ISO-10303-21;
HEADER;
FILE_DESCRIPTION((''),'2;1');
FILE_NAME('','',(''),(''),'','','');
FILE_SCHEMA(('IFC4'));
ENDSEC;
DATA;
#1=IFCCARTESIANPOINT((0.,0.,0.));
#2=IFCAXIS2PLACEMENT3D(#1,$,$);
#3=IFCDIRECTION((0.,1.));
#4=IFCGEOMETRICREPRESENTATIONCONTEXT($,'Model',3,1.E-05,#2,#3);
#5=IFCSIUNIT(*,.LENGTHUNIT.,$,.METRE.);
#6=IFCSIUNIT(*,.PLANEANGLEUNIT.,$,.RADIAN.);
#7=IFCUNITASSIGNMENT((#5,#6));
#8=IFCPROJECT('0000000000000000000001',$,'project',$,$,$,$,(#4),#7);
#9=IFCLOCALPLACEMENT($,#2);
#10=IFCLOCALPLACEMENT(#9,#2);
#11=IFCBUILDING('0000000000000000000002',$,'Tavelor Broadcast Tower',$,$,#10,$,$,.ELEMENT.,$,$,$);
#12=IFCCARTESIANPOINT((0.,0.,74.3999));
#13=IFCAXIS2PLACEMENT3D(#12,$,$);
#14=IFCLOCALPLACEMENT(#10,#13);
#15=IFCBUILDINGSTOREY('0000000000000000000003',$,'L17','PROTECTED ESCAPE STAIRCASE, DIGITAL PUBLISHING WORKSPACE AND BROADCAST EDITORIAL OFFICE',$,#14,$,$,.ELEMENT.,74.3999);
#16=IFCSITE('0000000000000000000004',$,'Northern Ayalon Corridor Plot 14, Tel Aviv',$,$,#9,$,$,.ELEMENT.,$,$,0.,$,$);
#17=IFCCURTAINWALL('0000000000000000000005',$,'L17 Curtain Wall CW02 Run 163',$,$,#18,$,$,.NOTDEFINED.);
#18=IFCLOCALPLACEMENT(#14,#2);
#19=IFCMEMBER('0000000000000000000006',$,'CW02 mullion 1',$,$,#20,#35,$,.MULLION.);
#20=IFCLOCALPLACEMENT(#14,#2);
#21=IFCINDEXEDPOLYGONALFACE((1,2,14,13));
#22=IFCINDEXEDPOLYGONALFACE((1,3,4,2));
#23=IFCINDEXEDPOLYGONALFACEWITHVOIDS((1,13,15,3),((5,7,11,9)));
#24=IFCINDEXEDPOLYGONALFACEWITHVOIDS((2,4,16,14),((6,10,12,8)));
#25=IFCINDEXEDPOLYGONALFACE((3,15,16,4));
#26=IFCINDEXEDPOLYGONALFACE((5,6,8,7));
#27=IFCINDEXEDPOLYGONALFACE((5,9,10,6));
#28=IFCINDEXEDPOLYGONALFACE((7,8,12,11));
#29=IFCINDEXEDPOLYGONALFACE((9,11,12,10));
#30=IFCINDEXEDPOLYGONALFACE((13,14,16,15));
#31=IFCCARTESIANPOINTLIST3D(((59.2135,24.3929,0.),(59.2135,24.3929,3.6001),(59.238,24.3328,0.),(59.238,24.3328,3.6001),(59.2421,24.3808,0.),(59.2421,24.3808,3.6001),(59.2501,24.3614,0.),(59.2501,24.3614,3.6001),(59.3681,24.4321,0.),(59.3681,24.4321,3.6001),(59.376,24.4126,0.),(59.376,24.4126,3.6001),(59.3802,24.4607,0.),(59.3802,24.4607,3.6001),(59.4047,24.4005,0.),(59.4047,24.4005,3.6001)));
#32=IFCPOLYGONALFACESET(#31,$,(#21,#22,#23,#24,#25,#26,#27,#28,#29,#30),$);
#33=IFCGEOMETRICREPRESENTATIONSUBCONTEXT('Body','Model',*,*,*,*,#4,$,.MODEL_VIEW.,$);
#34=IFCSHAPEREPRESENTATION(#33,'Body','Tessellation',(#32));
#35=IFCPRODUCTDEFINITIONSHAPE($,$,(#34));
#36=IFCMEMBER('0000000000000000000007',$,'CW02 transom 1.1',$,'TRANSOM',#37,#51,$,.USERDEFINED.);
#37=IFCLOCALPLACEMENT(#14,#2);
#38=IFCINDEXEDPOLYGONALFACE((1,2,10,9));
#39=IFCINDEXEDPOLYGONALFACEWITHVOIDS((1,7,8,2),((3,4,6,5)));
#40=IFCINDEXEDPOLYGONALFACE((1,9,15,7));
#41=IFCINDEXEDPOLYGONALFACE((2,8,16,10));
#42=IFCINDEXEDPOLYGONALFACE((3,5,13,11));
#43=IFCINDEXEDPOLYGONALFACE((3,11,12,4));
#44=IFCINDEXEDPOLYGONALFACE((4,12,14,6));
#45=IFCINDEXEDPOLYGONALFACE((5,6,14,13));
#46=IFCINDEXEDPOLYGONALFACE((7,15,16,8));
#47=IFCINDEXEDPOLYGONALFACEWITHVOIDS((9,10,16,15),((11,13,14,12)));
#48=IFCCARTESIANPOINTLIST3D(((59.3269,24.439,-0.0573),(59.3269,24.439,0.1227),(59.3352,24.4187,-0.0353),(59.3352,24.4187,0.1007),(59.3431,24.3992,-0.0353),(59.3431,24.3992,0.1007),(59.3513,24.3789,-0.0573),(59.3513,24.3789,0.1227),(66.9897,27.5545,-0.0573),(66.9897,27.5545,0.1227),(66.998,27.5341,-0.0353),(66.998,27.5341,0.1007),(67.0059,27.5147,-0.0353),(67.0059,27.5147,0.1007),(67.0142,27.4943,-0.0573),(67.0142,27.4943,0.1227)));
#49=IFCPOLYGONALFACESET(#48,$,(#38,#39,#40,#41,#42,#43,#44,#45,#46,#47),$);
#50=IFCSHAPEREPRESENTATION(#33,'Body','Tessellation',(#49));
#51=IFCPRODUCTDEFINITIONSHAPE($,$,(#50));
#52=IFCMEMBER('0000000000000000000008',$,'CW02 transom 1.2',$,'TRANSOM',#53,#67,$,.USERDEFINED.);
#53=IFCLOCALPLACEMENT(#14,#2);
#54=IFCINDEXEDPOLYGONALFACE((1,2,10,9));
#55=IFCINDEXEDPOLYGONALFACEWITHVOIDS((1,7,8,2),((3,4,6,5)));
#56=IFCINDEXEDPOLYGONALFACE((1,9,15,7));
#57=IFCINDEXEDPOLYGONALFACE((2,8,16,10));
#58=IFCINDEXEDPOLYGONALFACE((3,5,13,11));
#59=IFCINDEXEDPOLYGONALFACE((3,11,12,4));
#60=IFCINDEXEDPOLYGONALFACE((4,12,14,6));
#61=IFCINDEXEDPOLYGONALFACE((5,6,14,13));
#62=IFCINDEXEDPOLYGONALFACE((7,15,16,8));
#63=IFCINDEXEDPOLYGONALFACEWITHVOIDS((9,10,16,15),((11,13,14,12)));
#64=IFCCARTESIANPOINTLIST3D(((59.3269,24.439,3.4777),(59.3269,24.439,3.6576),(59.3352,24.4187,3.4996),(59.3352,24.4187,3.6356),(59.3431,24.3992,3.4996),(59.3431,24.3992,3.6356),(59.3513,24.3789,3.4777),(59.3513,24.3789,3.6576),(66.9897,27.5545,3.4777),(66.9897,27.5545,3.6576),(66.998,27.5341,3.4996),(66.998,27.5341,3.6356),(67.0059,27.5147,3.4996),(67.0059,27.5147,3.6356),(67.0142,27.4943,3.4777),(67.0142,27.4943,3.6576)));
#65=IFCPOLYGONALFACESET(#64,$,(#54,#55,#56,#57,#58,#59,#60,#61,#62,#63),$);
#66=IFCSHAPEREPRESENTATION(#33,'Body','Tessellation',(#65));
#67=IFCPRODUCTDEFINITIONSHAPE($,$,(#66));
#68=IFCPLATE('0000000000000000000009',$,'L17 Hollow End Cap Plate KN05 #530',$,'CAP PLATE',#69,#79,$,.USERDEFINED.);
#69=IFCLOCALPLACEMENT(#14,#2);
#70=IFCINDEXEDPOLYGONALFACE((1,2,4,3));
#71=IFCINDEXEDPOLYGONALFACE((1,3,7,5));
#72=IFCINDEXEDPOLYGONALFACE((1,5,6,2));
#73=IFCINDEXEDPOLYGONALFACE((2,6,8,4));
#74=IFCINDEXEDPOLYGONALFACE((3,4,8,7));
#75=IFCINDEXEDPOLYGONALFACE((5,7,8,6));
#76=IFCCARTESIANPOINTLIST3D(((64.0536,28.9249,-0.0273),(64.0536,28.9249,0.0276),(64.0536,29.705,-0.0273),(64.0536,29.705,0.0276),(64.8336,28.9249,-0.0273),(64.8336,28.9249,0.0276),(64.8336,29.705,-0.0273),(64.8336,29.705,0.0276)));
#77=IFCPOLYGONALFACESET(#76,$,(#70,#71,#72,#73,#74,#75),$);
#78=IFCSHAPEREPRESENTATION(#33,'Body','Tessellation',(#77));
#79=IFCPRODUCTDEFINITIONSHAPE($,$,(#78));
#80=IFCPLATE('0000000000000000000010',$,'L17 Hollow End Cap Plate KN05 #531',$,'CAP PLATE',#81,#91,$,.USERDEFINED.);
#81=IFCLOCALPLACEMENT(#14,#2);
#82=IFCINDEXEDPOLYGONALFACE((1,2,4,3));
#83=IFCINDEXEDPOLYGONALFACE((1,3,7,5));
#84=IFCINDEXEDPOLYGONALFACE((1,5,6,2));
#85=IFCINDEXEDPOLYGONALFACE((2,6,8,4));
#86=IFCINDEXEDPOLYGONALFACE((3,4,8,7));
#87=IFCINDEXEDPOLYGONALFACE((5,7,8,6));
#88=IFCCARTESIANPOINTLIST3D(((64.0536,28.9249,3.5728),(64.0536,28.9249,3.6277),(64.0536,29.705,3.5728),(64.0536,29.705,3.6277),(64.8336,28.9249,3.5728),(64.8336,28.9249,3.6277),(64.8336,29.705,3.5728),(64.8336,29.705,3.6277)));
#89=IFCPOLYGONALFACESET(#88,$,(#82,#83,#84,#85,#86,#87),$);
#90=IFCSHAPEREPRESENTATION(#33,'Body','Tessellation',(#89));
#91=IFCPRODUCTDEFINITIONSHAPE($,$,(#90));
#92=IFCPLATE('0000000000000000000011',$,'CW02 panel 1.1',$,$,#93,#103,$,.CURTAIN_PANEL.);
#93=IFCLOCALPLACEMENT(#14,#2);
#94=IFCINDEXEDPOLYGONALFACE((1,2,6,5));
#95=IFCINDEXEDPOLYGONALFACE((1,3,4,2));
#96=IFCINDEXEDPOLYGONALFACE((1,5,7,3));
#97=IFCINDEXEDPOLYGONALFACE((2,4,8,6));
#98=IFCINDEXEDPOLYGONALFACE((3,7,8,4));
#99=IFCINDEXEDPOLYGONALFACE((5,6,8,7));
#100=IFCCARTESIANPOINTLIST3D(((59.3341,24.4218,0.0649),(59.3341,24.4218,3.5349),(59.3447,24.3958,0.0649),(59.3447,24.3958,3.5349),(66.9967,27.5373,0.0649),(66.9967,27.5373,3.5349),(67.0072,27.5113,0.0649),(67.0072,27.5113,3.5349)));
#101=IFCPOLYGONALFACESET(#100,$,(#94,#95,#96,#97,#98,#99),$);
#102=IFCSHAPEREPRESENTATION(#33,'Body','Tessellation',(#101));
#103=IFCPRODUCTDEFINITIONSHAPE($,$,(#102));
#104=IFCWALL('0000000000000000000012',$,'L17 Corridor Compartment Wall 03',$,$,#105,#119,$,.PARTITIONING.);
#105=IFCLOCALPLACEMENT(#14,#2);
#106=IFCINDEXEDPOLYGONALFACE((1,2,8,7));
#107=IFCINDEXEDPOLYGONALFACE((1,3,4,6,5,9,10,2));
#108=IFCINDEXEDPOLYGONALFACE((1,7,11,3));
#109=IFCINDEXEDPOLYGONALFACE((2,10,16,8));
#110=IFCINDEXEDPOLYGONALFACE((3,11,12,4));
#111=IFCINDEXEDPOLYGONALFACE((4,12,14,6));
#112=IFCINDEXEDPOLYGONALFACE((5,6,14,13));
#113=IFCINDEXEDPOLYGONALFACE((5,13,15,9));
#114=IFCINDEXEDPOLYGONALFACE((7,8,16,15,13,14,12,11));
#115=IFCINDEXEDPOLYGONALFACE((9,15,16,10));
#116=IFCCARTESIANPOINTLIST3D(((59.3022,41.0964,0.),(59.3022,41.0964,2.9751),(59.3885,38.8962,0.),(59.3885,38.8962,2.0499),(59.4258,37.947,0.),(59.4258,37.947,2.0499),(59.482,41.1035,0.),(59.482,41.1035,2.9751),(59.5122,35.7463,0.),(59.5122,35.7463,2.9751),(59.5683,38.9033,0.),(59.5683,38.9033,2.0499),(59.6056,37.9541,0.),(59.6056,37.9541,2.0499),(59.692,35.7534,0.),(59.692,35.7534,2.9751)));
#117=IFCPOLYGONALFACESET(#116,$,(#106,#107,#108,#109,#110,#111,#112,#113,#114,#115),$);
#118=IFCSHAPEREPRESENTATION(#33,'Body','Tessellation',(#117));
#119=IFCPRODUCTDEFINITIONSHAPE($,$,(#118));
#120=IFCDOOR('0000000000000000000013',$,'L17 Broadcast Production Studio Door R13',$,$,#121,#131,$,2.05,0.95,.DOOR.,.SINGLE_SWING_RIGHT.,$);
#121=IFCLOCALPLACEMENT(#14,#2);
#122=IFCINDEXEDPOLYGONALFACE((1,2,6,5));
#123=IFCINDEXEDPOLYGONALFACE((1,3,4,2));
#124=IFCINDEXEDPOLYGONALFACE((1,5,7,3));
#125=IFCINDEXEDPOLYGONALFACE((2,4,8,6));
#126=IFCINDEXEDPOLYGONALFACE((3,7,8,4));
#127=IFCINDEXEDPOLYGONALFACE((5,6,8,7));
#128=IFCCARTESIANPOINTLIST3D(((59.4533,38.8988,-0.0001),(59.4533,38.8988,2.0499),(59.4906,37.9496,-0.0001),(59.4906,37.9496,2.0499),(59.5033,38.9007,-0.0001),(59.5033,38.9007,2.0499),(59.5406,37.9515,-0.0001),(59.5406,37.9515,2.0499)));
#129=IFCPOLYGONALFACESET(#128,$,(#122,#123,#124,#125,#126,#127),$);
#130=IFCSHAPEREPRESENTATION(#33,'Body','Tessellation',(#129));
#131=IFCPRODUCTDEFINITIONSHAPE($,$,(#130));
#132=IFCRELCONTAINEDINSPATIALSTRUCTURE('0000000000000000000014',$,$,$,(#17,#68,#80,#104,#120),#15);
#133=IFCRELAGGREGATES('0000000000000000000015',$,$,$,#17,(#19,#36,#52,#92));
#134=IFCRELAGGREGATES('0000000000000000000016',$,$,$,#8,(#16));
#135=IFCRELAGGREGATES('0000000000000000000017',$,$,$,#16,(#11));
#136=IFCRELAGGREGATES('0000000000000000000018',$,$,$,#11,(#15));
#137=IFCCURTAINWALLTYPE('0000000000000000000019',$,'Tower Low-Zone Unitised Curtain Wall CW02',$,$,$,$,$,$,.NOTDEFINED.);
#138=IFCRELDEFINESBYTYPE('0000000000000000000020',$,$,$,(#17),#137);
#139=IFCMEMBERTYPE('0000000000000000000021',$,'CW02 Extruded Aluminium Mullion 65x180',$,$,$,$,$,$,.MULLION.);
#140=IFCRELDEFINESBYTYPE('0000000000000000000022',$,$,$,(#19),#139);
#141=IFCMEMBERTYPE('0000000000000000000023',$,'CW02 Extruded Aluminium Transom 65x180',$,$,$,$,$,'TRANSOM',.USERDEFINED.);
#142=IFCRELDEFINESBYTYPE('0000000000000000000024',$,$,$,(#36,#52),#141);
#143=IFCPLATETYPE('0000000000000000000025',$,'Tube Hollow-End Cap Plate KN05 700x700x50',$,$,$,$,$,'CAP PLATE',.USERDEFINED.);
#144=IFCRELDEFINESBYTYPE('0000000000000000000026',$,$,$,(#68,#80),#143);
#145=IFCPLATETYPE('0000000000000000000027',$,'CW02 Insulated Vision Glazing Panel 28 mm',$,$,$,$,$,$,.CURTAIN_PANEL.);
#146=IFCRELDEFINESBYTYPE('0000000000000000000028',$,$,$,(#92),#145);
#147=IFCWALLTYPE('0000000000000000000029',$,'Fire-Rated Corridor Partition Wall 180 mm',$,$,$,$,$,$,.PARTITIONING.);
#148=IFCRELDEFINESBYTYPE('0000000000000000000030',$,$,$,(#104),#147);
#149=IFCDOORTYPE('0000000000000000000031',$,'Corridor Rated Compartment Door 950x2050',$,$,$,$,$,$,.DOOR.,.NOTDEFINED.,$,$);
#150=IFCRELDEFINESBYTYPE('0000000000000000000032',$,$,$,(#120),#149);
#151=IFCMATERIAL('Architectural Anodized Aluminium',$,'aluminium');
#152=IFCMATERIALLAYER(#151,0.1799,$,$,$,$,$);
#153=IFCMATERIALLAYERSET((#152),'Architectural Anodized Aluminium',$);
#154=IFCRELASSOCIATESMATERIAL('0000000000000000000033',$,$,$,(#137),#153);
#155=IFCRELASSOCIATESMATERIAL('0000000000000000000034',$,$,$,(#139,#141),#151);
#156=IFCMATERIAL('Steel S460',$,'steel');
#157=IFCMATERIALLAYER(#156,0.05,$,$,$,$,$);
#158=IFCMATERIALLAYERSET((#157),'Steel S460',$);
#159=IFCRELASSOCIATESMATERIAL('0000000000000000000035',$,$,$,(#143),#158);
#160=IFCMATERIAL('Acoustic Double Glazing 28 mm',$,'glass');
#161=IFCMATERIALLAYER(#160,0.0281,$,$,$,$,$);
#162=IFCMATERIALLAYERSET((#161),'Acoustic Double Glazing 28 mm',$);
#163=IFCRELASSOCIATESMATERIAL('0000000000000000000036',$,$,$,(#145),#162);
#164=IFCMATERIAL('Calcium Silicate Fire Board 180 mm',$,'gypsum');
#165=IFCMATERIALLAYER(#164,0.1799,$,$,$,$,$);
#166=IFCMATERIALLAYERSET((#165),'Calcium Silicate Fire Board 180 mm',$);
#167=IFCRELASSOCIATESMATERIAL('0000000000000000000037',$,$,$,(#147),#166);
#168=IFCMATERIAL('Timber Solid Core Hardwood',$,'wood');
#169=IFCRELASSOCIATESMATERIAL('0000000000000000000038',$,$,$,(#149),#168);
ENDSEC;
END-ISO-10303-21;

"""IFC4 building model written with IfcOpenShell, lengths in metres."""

from ifc_helpers import new_model, si_unit, direction, frame, frame_2d, origin, origin_2d, place, context, subcontext, project, spatial, rectangle, hollow_rectangle, extrude, source, transform, mapped, material, layer, layer_set, material_profile, profile_set, type_object, type_shapes, element, fill, aggregate, save


model = new_model("IFC4")

# Units and contexts
model_context = context("Model", 3, precision=1e-05, world=origin(), true_north=direction((0.0, 1.0)))
body_context = subcontext(model_context, "Body", "Model", "MODEL_VIEW")
ifc_project = project(units=[si_unit("LENGTHUNIT", "METRE"), si_unit("PLANEANGLEUNIT", "RADIAN")], contexts=[model_context])

# Site, building, storey
site_placement = place(None, origin())
site = spatial("IfcSite", under=ifc_project, at=site_placement, Name="Northern Ayalon Corridor Plot 14, Tel Aviv", CompositionType="ELEMENT", RefElevation=0.0)
building_placement = place(site_placement, origin())
building = spatial("IfcBuilding", under=site, at=building_placement, Name="Tavelor Broadcast Tower", CompositionType="ELEMENT")
storey_placement = place(building_placement, frame((0.0, 0.0, 74.3999)))
storey = spatial("IfcBuildingStorey", under=building, at=storey_placement, Name="L17", Description="PROTECTED ESCAPE STAIRCASE, DIGITAL PUBLISHING WORKSPACE AND BROADCAST EDITORIAL OFFICE", CompositionType="ELEMENT", Elevation=74.3999)

# Shared definitions
ifc_material_1 = material(Name="Steel S460", Category="steel")

# Shared definitions
ifc_material_2 = material(Name="Architectural Anodized Aluminium", Category="aluminium")
ifc_layer_1 = layer(ifc_material_2, 0.1799)
ifc_layer_set_1 = layer_set([ifc_layer_1], Name="Architectural Anodized Aluminium")
curtain_wall_type = type_object("IfcCurtainWallType", Name="Tower Low-Zone Unitised Curtain Wall CW02", PredefinedType="NOTDEFINED", material=ifc_layer_set_1)
ifc_material_profile_1 = material_profile(ifc_material_2, hollow_rectangle(XDim=0.0649, YDim=0.1799, WallThickness=0.022, at=origin_2d()), Name="RHS 65x180x22")
ifc_profile_set_1 = profile_set([ifc_material_profile_1], Name="Architectural Anodized Aluminium")
member_type_1 = type_object("IfcMemberType", Name="CW02 Extruded Aluminium Mullion 65x180", PredefinedType="MULLION", material=ifc_profile_set_1)
shared_shape_1 = source(origin(), body_context, "Body", "SweptSolid", [
    extrude(hollow_rectangle(XDim=0.0649, YDim=0.1799, WallThickness=0.022, at=origin_2d()), origin(), (0.0, 0.0, 1.0), 3.6001),
])
type_shapes(member_type_1, [shared_shape_1])

# Curtain wall, members
curtain_wall_1_placement = place(storey_placement, origin())
curtain_wall_1 = element("IfcCurtainWall", 1, at=curtain_wall_1_placement, inside=storey, type_object=curtain_wall_type, Name="L17 Curtain Wall CW02 Run 163", PredefinedType="NOTDEFINED")
member_1_placement = place(storey_placement, frame((59.3091, 24.3967, 0.0), z_axis=(0.0, 0.0, 1.0), x_axis=(-0.376644, 0.926358, 0.0)))
member_1 = element("IfcMember", 2, at=member_1_placement, type_object=member_type_1, Name="CW02 mullion 1", PredefinedType="MULLION", context=body_context, shape_type="MappedRepresentation", body=[
    mapped(shared_shape_1, transform((0.0, 0.0, 0.0), scale=1.0)),
])
ifc_material_profile_2 = material_profile(ifc_material_2, hollow_rectangle(XDim=0.0649, YDim=0.1799, WallThickness=0.022, at=origin_2d()), Name="RHS 65x180x22")
ifc_profile_set_2 = profile_set([ifc_material_profile_2], Name="Architectural Anodized Aluminium")
member_type_2 = type_object("IfcMemberType", Name="CW02 Extruded Aluminium Transom 65x180", ElementType="TRANSOM", PredefinedType="USERDEFINED", material=ifc_profile_set_2)
shared_shape_2 = source(origin(), body_context, "Body", "SweptSolid", [
    extrude(hollow_rectangle(XDim=0.0649, YDim=0.1799, WallThickness=0.022, at=origin_2d()), origin(), (0.0, 0.0, 1.0), 8.272),
])
type_shapes(member_type_2, [shared_shape_2])
member_2_placement = place(storey_placement, frame((59.3391, 24.4089, 0.0327), z_axis=(0.926363, 0.376631, 0.0), x_axis=(-0.376631, 0.926363, 0.0)))
member_2 = element("IfcMember", 3, at=member_2_placement, type_object=member_type_2, Name="CW02 transom 1.1", ObjectType="TRANSOM", PredefinedType="USERDEFINED", context=body_context, shape_type="MappedRepresentation", body=[
    mapped(shared_shape_2, transform((0.0, 0.0, 0.0), scale=1.0)),
])
member_3_placement = place(storey_placement, frame((59.3391, 24.4089, 3.5676), z_axis=(0.926363, 0.376631, 0.0), x_axis=(-0.376631, 0.926363, 0.0)))
member_3 = element("IfcMember", 4, at=member_3_placement, type_object=member_type_2, Name="CW02 transom 1.2", ObjectType="TRANSOM", PredefinedType="USERDEFINED", context=body_context, shape_type="MappedRepresentation", body=[
    mapped(shared_shape_2, transform((0.0, 0.0, 0.0), scale=1.0)),
])

# Plates
ifc_layer_2 = layer(ifc_material_1, 0.05)
ifc_layer_set_2 = layer_set([ifc_layer_2], Name="Steel S460")
plate_type_1 = type_object("IfcPlateType", Name="Tube Hollow-End Cap Plate KN05 700x700x50", ElementType="CAP PLATE", PredefinedType="USERDEFINED", material=ifc_layer_set_2)
shared_shape_3 = source(origin(), body_context, "Body", "SweptSolid", [
    extrude(rectangle(XDim=0.78, YDim=0.78, at=origin_2d()), origin(), (0.0, 0.0, 1.0), 0.0549),
])
type_shapes(plate_type_1, [shared_shape_3])
for number, where, z_axis, x_axis, name in (
    (5, (64.4436, 29.3149, -0.0273), (0.0, 0.0, 1.0), (1.0, 0.0, 0.0), "L17 Hollow End Cap Plate KN05 #530"),
    (6, (64.4436, 29.3149, 3.5728), (0.0, 0.0, 1.0), (1.0, 0.0, 0.0), "L17 Hollow End Cap Plate KN05 #531"),
):
    element("IfcPlate", number, at=place(storey_placement, frame(where, z_axis=z_axis, x_axis=x_axis)), inside=storey, type_object=plate_type_1, Name=name, ObjectType="CAP PLATE", PredefinedType="USERDEFINED", context=body_context, shape_type="MappedRepresentation", body=[
        mapped(shared_shape_3, transform((0.0, 0.0, 0.0), scale=1.0)),
    ])

# Plate
ifc_material_3 = material(Name="Acoustic Double Glazing 28 mm", Category="glass")
ifc_layer_3 = layer(ifc_material_3, 0.0281)
ifc_layer_set_3 = layer_set([ifc_layer_3], Name="Acoustic Double Glazing 28 mm")
plate_type_2 = type_object("IfcPlateType", Name="CW02 Insulated Vision Glazing Panel 28 mm", PredefinedType="CURTAIN_PANEL", material=ifc_layer_set_3)
shared_shape_4 = source(origin(), body_context, "Body", "SweptSolid", [
    extrude(rectangle(XDim=8.2717, YDim=0.0281, at=origin_2d()), origin(), (0.0, 0.0, 1.0), 3.47),
])
type_shapes(plate_type_2, [shared_shape_4])
plate_placement = place(storey_placement, frame((63.1707, 25.9666, 0.0649), z_axis=(0.0, 0.0, 1.0), x_axis=(0.926358, 0.376644, 0.0)))
plate = element("IfcPlate", 7, at=plate_placement, type_object=plate_type_2, Name="CW02 panel 1.1", PredefinedType="CURTAIN_PANEL", context=body_context, shape_type="MappedRepresentation", body=[
    mapped(shared_shape_4, transform((0.0, 0.0, 0.0), scale=1.0)),
])
aggregate(curtain_wall_1, [member_1, member_2, member_3, plate])

# Wall, opening, door
ifc_material_4 = material(Name="Calcium Silicate Fire Board 180 mm", Category="gypsum")
ifc_layer_4 = layer(ifc_material_4, 0.1799)
ifc_layer_set_4 = layer_set([ifc_layer_4], Name="Calcium Silicate Fire Board 180 mm")
wall_type_1 = type_object("IfcWallType", Name="Fire-Rated Corridor Partition Wall 180 mm", PredefinedType="PARTITIONING", material=ifc_layer_set_4)
wall_1_placement = place(storey_placement, frame((59.3921, 41.1001, 0.0), z_axis=(0.0, 0.0, 1.0), x_axis=(0.039214, -0.999231, 0.0)))
wall_1 = element("IfcWall", 8, at=wall_1_placement, inside=storey, type_object=wall_type_1, Name="L17 Corridor Compartment Wall 03", PredefinedType="PARTITIONING", context=body_context, shape_type="SweptSolid", body=[
    extrude(rectangle(XDim=5.3542, YDim=0.1799, at=frame_2d((2.6772, 0.0))), origin(), (0.0, 0.0, 1.0), 2.9751),
])
opening_1_placement = place(wall_1_placement, frame((2.2019, 0.0, 0.0)))
opening_1 = element("IfcOpeningElement", 9, at=opening_1_placement, cuts=wall_1, PredefinedType="OPENING", context=body_context, shape_type="SweptSolid", body=[
    extrude(rectangle(XDim=0.95, YDim=2.05, at=frame_2d((0.4751, 1.0249))), frame((0.0, 0.1001, 0.0), z_axis=(0.0, -1.0, 0.0), x_axis=(1.0, 0.0, 0.0)), (0.0, 0.0, 1.0), 0.2),
])
ifc_material_5 = material(Name="Timber Solid Core Hardwood", Category="wood")
door_type_1 = type_object("IfcDoorType", Name="Corridor Rated Compartment Door 950x2050", OperationType="NOTDEFINED", PredefinedType="DOOR", material=ifc_material_5)
door_1_placement = place(opening_1_placement, origin())
door_1 = element("IfcDoor", 10, at=door_1_placement, inside=storey, type_object=door_type_1, Name="L17 Broadcast Production Studio Door R13", OperationType="SINGLE_SWING_RIGHT", OverallHeight=2.05, OverallWidth=0.95, PredefinedType="DOOR", context=body_context, shape_type="SweptSolid", body=[
    extrude(rectangle(XDim=0.95, YDim=2.05, at=frame_2d((0.4751, 1.0249))), frame((0.0, 0.0249, 0.0), z_axis=(0.0, -1.0, 0.0), x_axis=(1.0, 0.0, 0.0)), (0.0, 0.0, 1.0), 0.05),
])
fill(opening_1, door_1)

save(model, "model.ifc")
